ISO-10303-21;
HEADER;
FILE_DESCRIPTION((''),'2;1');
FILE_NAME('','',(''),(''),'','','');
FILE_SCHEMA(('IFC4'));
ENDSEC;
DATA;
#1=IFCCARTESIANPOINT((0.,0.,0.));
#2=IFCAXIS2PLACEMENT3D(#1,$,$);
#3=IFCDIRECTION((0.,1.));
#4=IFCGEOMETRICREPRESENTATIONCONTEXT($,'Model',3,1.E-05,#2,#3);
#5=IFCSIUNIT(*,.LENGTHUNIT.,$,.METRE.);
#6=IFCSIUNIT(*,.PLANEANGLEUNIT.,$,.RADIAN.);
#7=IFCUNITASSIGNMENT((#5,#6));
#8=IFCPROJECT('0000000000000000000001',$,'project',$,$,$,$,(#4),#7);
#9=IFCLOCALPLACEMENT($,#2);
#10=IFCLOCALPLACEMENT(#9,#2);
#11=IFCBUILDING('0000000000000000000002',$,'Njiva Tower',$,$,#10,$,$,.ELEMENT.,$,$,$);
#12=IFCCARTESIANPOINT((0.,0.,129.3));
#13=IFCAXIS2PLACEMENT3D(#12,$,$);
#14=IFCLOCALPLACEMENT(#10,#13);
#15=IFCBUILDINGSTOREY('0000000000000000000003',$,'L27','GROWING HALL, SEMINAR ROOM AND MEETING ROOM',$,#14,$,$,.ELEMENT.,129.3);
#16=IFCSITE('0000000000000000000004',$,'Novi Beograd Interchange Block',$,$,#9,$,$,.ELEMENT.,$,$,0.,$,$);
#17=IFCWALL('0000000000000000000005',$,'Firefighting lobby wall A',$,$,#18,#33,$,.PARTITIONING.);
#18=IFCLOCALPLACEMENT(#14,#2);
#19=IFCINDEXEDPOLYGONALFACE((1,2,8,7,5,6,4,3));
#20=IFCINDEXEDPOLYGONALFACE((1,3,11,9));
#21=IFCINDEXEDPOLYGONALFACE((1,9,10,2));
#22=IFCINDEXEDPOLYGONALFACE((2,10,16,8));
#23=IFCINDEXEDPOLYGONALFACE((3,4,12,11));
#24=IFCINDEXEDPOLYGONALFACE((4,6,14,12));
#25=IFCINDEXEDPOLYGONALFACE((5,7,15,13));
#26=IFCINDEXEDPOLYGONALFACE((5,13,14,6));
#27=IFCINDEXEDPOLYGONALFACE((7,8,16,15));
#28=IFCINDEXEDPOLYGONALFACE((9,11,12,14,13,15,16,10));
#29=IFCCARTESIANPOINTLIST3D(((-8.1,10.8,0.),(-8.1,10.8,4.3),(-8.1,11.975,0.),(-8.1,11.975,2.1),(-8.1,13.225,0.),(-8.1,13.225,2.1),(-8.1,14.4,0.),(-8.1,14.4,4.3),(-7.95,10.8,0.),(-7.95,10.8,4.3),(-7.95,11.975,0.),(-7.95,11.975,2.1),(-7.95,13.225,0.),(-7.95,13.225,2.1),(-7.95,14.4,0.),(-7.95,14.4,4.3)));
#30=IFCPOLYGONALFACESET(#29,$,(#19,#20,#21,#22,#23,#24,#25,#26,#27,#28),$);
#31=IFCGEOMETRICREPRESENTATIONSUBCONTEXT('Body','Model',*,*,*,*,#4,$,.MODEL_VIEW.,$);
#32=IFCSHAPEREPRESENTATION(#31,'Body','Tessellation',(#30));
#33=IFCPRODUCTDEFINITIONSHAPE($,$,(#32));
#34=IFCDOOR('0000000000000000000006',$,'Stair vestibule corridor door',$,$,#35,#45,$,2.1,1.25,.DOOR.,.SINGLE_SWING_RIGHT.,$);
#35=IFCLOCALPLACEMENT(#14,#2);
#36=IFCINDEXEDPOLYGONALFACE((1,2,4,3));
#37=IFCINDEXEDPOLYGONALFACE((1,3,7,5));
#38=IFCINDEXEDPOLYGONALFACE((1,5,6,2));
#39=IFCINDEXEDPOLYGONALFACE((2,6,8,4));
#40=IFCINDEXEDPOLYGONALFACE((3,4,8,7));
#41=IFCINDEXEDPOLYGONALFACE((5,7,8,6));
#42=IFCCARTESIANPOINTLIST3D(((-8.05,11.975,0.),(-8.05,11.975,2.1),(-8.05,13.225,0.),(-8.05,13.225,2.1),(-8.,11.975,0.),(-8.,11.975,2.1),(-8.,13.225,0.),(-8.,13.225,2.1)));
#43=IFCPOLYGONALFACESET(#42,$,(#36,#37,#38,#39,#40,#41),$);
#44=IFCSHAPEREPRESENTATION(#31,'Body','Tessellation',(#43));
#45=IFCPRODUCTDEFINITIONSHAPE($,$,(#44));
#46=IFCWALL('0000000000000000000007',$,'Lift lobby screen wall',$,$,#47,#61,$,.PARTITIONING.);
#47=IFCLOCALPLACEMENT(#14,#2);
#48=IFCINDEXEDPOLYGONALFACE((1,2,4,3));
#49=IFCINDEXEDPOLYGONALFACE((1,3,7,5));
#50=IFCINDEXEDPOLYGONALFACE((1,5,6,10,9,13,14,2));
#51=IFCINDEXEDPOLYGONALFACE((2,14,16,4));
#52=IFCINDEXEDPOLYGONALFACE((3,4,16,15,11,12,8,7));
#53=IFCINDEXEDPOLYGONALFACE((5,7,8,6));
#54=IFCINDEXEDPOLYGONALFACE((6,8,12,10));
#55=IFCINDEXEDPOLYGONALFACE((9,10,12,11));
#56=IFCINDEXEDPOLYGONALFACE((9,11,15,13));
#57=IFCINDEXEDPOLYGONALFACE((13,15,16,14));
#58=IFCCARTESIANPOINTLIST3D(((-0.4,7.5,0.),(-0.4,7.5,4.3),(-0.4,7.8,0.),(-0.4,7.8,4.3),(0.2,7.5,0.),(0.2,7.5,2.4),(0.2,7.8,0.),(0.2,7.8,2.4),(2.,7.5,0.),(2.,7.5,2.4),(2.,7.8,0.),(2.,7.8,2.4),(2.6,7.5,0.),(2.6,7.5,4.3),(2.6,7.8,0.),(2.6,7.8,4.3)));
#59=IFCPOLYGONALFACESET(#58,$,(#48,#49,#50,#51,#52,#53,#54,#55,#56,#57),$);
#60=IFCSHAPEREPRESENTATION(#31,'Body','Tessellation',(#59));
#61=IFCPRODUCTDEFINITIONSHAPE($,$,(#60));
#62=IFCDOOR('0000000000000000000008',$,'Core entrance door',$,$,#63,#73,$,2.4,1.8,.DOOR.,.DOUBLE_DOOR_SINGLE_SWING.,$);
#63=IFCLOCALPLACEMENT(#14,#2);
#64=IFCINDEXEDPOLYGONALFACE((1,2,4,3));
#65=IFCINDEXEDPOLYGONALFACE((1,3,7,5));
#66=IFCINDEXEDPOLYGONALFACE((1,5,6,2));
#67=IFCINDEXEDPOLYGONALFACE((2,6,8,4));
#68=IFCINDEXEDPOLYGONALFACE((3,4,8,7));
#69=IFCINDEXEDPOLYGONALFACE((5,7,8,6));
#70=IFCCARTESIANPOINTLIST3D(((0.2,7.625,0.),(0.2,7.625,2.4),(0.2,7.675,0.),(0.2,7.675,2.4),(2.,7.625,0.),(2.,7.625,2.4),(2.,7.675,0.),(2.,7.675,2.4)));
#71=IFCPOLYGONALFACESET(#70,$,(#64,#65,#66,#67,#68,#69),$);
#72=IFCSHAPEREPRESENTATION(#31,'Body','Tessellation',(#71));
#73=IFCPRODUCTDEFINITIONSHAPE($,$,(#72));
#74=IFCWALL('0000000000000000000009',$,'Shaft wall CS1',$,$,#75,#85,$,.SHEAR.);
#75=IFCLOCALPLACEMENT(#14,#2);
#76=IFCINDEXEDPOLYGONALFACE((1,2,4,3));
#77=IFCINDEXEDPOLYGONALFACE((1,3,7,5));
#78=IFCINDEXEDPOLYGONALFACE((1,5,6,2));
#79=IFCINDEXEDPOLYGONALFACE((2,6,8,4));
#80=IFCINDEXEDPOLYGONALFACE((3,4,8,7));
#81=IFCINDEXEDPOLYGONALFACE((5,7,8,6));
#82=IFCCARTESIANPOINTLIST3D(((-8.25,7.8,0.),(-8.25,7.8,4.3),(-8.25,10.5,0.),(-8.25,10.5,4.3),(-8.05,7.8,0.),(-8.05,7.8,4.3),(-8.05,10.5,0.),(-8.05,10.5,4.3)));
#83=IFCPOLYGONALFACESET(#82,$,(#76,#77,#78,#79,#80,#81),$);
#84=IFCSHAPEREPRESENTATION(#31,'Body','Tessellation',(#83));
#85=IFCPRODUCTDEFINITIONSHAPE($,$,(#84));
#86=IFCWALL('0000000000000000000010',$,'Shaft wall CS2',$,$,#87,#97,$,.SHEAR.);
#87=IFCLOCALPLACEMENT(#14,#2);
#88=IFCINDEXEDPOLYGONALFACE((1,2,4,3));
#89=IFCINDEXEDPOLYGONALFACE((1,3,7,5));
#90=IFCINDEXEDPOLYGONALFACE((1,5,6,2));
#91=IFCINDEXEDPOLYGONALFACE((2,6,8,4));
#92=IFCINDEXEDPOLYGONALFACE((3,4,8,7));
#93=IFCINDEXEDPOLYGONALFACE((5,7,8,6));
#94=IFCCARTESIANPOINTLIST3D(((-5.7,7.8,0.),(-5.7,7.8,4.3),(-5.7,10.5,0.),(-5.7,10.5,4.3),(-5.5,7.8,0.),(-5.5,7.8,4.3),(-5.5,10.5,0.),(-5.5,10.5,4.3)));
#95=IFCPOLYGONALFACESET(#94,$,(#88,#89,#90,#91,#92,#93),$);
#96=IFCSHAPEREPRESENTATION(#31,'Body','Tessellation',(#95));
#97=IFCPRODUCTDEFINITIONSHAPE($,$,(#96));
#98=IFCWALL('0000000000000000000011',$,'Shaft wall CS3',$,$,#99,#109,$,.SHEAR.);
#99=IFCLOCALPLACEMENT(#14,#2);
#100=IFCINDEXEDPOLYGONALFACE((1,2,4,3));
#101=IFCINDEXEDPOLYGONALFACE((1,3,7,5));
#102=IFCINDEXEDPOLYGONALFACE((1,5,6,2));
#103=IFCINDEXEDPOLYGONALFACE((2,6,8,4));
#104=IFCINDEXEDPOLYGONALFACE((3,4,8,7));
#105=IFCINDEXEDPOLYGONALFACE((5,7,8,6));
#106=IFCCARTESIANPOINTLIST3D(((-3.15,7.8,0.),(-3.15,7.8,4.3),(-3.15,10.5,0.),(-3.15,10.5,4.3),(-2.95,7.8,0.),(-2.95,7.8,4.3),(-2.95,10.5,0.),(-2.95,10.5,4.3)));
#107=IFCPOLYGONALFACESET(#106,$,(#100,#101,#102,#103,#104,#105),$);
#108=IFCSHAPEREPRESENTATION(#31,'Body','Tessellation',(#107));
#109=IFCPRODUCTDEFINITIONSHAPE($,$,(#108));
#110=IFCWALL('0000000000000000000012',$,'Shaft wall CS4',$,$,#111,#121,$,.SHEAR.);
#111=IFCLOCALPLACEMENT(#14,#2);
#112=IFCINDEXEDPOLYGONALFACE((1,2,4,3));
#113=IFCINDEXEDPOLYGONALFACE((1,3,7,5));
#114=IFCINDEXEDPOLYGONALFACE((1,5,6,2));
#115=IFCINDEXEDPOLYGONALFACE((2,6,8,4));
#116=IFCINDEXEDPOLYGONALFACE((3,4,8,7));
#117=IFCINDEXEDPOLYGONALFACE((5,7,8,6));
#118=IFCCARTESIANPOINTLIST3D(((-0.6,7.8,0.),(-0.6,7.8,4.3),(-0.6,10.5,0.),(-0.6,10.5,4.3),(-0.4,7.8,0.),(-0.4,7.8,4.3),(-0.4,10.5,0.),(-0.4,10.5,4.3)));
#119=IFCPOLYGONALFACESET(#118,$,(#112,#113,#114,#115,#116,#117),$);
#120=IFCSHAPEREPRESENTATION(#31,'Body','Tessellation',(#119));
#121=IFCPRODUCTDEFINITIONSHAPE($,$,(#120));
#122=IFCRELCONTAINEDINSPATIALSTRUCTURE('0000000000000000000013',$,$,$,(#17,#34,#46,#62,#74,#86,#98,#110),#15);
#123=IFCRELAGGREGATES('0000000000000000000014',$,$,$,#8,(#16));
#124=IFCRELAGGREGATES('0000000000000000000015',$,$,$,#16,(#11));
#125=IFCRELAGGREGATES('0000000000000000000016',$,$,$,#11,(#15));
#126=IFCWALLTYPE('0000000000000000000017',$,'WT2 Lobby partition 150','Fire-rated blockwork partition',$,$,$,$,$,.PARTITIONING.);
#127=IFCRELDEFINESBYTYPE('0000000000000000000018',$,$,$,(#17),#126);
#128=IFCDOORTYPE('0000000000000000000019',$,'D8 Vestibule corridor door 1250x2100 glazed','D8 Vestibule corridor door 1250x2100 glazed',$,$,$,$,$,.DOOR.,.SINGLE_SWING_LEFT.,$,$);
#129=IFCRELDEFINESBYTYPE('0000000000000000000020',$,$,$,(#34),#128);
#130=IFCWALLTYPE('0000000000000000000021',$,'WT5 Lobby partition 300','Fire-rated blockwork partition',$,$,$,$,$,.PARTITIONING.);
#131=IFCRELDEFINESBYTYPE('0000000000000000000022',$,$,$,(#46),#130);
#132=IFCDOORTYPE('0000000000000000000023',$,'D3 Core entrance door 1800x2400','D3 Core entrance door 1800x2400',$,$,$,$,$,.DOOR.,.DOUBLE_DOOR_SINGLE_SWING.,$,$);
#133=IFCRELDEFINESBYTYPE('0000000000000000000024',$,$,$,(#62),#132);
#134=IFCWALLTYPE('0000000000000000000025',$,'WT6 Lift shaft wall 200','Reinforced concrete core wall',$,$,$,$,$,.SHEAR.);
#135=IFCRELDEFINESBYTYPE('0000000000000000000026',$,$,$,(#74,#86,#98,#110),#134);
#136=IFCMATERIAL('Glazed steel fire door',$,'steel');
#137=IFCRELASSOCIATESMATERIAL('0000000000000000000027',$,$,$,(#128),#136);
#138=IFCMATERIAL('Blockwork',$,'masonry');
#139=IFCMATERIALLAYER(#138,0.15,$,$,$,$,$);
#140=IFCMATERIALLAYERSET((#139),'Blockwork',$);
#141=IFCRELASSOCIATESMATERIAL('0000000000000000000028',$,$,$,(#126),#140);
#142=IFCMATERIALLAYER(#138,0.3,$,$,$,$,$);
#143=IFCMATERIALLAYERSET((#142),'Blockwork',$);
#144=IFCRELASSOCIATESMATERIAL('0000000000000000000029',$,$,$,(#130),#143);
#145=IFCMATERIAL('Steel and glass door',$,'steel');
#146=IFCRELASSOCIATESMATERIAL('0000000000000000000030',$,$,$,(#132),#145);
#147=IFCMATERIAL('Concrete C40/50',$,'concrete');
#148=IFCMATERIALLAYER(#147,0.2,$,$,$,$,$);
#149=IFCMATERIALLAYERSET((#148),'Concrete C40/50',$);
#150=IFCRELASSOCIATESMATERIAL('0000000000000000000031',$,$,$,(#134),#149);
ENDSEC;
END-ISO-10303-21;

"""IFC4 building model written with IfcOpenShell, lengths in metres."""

from ifc_helpers import new_model, si_unit, direction, frame, frame_2d, origin, place, context, subcontext, project, spatial, rectangle, extrude, material, layer, layer_set, type_object, element, fill, save


model = new_model("IFC4")

# Units and contexts
model_context = context("Model", 3, precision=1e-05, world=origin(), true_north=direction((0.0, 1.0)))
body_context = subcontext(model_context, "Body", "Model", "MODEL_VIEW")
ifc_project = project(units=[si_unit("LENGTHUNIT", "METRE"), si_unit("PLANEANGLEUNIT", "RADIAN")], contexts=[model_context])

# Site, building, storey
site_placement = place(None, origin())
site = spatial("IfcSite", under=ifc_project, at=site_placement, Name="Novi Beograd Interchange Block", CompositionType="ELEMENT", RefElevation=0.0)
building_placement = place(site_placement, origin())
building = spatial("IfcBuilding", under=site, at=building_placement, Name="Njiva Tower", CompositionType="ELEMENT")
storey_placement = place(building_placement, frame((0.0, 0.0, 129.3)))
storey = spatial("IfcBuildingStorey", under=building, at=storey_placement, Name="L27", Description="GROWING HALL, SEMINAR ROOM AND MEETING ROOM", CompositionType="ELEMENT", Elevation=129.3)

# Shared definitions
ifc_material_1 = material(Name="Blockwork", Category="masonry")

# Shared definitions
ifc_material_2 = material(Name="Concrete C40/50", Category="concrete")
ifc_material_3 = material(Name="Glazed steel fire door", Category="steel")
door_type_1 = type_object("IfcDoorType", Name="D8 Vestibule corridor door 1250x2100 glazed", Description="D8 Vestibule corridor door 1250x2100 glazed", OperationType="SINGLE_SWING_LEFT", PredefinedType="DOOR", material=ifc_material_3)

# Walls, openings, doors
ifc_layer_1 = layer(ifc_material_1, 0.15)
ifc_layer_set_1 = layer_set([ifc_layer_1], Name="Blockwork")
wall_type_1 = type_object("IfcWallType", Name="WT2 Lobby partition 150", Description="Fire-rated blockwork partition", PredefinedType="PARTITIONING", material=ifc_layer_set_1)
wall_1_placement = place(storey_placement, frame((-8.025, 10.8, 0.0), z_axis=(0.0, 0.0, 1.0), x_axis=(0.0, 1.0, 0.0)))
wall_1 = element("IfcWall", 1, at=wall_1_placement, inside=storey, type_object=wall_type_1, Name="Firefighting lobby wall A", PredefinedType="PARTITIONING", context=body_context, shape_type="SweptSolid", body=[
    extrude(rectangle(XDim=3.6, YDim=0.15, at=frame_2d((1.8, 0.0))), origin(), (0.0, 0.0, 1.0), 4.3),
])
opening_1_placement = place(wall_1_placement, frame((1.175, 0.0, 0.0)))
opening_1 = element("IfcOpeningElement", 2, at=opening_1_placement, cuts=wall_1, PredefinedType="OPENING", context=body_context, shape_type="SweptSolid", body=[
    extrude(rectangle(XDim=1.25, YDim=2.1, at=frame_2d((0.625, 1.05))), frame((0.0, 0.085, 0.0), z_axis=(0.0, -1.0, 0.0), x_axis=(1.0, 0.0, 0.0)), (0.0, 0.0, 1.0), 0.17),
])
door_1_placement = place(opening_1_placement, origin())
door_1 = element("IfcDoor", 3, at=door_1_placement, inside=storey, type_object=door_type_1, Name="Stair vestibule corridor door", OperationType="SINGLE_SWING_RIGHT", OverallHeight=2.1, OverallWidth=1.25, PredefinedType="DOOR", context=body_context, shape_type="SweptSolid", body=[
    extrude(rectangle(XDim=1.25, YDim=2.1, at=frame_2d((0.625, 1.05))), frame((0.0, 0.025, 0.0), z_axis=(0.0, -1.0, 0.0), x_axis=(1.0, 0.0, 0.0)), (0.0, 0.0, 1.0), 0.05),
])
fill(opening_1, door_1)
ifc_layer_2 = layer(ifc_material_1, 0.3)
ifc_layer_set_2 = layer_set([ifc_layer_2], Name="Blockwork")
wall_type_2 = type_object("IfcWallType", Name="WT5 Lobby partition 300", Description="Fire-rated blockwork partition", PredefinedType="PARTITIONING", material=ifc_layer_set_2)
wall_2_placement = place(storey_placement, frame((-0.4, 7.65, 0.0), z_axis=(0.0, 0.0, 1.0), x_axis=(1.0, 0.0, 0.0)))
wall_2 = element("IfcWall", 4, at=wall_2_placement, inside=storey, type_object=wall_type_2, Name="Lift lobby screen wall", PredefinedType="PARTITIONING", context=body_context, shape_type="SweptSolid", body=[
    extrude(rectangle(XDim=3.0, YDim=0.3, at=frame_2d((1.5, 0.0))), origin(), (0.0, 0.0, 1.0), 4.3),
])
opening_2_placement = place(wall_2_placement, frame((0.6, 0.0, 0.0)))
opening_2 = element("IfcOpeningElement", 5, at=opening_2_placement, cuts=wall_2, PredefinedType="OPENING", context=body_context, shape_type="SweptSolid", body=[
    extrude(rectangle(XDim=1.8, YDim=2.4, at=frame_2d((0.9, 1.2))), frame((0.0, 0.16, 0.0), z_axis=(0.0, -1.0, 0.0), x_axis=(1.0, 0.0, 0.0)), (0.0, 0.0, 1.0), 0.32),
])
ifc_material_4 = material(Name="Steel and glass door", Category="steel")
door_type_2 = type_object("IfcDoorType", Name="D3 Core entrance door 1800x2400", Description="D3 Core entrance door 1800x2400", OperationType="DOUBLE_DOOR_SINGLE_SWING", PredefinedType="DOOR", material=ifc_material_4)
door_2_placement = place(opening_2_placement, origin())
door_2 = element("IfcDoor", 6, at=door_2_placement, inside=storey, type_object=door_type_2, Name="Core entrance door", OperationType="DOUBLE_DOOR_SINGLE_SWING", OverallHeight=2.4, OverallWidth=1.8, PredefinedType="DOOR", context=body_context, shape_type="SweptSolid", body=[
    extrude(rectangle(XDim=1.8, YDim=2.4, at=frame_2d((0.9, 1.2))), frame((0.0, 0.025, 0.0), z_axis=(0.0, -1.0, 0.0), x_axis=(1.0, 0.0, 0.0)), (0.0, 0.0, 1.0), 0.05),
])
fill(opening_2, door_2)

# Walls
ifc_layer_3 = layer(ifc_material_2, 0.2)
ifc_layer_set_3 = layer_set([ifc_layer_3], Name="Concrete C40/50")
wall_type_3 = type_object("IfcWallType", Name="WT6 Lift shaft wall 200", Description="Reinforced concrete core wall", PredefinedType="SHEAR", material=ifc_layer_set_3)
for number, where, z_axis, x_axis, name in (
    (7, (-8.15, 7.8, 0.0), (0.0, 0.0, 1.0), (0.0, 1.0, 0.0), "Shaft wall CS1"),
    (8, (-5.6, 7.8, 0.0), (0.0, 0.0, 1.0), (0.0, 1.0, 0.0), "Shaft wall CS2"),
    (9, (-3.05, 7.8, 0.0), (0.0, 0.0, 1.0), (0.0, 1.0, 0.0), "Shaft wall CS3"),
    (10, (-0.5, 7.8, 0.0), (0.0, 0.0, 1.0), (0.0, 1.0, 0.0), "Shaft wall CS4"),
):
    element("IfcWall", number, at=place(storey_placement, frame(where, z_axis=z_axis, x_axis=x_axis)), inside=storey, type_object=wall_type_3, Name=name, PredefinedType="SHEAR", context=body_context, shape_type="SweptSolid", body=[
        extrude(rectangle(XDim=2.7, YDim=0.2, at=frame_2d((1.35, 0.0))), origin(), (0.0, 0.0, 1.0), 4.3),
    ])

save(model, "model.ifc")
